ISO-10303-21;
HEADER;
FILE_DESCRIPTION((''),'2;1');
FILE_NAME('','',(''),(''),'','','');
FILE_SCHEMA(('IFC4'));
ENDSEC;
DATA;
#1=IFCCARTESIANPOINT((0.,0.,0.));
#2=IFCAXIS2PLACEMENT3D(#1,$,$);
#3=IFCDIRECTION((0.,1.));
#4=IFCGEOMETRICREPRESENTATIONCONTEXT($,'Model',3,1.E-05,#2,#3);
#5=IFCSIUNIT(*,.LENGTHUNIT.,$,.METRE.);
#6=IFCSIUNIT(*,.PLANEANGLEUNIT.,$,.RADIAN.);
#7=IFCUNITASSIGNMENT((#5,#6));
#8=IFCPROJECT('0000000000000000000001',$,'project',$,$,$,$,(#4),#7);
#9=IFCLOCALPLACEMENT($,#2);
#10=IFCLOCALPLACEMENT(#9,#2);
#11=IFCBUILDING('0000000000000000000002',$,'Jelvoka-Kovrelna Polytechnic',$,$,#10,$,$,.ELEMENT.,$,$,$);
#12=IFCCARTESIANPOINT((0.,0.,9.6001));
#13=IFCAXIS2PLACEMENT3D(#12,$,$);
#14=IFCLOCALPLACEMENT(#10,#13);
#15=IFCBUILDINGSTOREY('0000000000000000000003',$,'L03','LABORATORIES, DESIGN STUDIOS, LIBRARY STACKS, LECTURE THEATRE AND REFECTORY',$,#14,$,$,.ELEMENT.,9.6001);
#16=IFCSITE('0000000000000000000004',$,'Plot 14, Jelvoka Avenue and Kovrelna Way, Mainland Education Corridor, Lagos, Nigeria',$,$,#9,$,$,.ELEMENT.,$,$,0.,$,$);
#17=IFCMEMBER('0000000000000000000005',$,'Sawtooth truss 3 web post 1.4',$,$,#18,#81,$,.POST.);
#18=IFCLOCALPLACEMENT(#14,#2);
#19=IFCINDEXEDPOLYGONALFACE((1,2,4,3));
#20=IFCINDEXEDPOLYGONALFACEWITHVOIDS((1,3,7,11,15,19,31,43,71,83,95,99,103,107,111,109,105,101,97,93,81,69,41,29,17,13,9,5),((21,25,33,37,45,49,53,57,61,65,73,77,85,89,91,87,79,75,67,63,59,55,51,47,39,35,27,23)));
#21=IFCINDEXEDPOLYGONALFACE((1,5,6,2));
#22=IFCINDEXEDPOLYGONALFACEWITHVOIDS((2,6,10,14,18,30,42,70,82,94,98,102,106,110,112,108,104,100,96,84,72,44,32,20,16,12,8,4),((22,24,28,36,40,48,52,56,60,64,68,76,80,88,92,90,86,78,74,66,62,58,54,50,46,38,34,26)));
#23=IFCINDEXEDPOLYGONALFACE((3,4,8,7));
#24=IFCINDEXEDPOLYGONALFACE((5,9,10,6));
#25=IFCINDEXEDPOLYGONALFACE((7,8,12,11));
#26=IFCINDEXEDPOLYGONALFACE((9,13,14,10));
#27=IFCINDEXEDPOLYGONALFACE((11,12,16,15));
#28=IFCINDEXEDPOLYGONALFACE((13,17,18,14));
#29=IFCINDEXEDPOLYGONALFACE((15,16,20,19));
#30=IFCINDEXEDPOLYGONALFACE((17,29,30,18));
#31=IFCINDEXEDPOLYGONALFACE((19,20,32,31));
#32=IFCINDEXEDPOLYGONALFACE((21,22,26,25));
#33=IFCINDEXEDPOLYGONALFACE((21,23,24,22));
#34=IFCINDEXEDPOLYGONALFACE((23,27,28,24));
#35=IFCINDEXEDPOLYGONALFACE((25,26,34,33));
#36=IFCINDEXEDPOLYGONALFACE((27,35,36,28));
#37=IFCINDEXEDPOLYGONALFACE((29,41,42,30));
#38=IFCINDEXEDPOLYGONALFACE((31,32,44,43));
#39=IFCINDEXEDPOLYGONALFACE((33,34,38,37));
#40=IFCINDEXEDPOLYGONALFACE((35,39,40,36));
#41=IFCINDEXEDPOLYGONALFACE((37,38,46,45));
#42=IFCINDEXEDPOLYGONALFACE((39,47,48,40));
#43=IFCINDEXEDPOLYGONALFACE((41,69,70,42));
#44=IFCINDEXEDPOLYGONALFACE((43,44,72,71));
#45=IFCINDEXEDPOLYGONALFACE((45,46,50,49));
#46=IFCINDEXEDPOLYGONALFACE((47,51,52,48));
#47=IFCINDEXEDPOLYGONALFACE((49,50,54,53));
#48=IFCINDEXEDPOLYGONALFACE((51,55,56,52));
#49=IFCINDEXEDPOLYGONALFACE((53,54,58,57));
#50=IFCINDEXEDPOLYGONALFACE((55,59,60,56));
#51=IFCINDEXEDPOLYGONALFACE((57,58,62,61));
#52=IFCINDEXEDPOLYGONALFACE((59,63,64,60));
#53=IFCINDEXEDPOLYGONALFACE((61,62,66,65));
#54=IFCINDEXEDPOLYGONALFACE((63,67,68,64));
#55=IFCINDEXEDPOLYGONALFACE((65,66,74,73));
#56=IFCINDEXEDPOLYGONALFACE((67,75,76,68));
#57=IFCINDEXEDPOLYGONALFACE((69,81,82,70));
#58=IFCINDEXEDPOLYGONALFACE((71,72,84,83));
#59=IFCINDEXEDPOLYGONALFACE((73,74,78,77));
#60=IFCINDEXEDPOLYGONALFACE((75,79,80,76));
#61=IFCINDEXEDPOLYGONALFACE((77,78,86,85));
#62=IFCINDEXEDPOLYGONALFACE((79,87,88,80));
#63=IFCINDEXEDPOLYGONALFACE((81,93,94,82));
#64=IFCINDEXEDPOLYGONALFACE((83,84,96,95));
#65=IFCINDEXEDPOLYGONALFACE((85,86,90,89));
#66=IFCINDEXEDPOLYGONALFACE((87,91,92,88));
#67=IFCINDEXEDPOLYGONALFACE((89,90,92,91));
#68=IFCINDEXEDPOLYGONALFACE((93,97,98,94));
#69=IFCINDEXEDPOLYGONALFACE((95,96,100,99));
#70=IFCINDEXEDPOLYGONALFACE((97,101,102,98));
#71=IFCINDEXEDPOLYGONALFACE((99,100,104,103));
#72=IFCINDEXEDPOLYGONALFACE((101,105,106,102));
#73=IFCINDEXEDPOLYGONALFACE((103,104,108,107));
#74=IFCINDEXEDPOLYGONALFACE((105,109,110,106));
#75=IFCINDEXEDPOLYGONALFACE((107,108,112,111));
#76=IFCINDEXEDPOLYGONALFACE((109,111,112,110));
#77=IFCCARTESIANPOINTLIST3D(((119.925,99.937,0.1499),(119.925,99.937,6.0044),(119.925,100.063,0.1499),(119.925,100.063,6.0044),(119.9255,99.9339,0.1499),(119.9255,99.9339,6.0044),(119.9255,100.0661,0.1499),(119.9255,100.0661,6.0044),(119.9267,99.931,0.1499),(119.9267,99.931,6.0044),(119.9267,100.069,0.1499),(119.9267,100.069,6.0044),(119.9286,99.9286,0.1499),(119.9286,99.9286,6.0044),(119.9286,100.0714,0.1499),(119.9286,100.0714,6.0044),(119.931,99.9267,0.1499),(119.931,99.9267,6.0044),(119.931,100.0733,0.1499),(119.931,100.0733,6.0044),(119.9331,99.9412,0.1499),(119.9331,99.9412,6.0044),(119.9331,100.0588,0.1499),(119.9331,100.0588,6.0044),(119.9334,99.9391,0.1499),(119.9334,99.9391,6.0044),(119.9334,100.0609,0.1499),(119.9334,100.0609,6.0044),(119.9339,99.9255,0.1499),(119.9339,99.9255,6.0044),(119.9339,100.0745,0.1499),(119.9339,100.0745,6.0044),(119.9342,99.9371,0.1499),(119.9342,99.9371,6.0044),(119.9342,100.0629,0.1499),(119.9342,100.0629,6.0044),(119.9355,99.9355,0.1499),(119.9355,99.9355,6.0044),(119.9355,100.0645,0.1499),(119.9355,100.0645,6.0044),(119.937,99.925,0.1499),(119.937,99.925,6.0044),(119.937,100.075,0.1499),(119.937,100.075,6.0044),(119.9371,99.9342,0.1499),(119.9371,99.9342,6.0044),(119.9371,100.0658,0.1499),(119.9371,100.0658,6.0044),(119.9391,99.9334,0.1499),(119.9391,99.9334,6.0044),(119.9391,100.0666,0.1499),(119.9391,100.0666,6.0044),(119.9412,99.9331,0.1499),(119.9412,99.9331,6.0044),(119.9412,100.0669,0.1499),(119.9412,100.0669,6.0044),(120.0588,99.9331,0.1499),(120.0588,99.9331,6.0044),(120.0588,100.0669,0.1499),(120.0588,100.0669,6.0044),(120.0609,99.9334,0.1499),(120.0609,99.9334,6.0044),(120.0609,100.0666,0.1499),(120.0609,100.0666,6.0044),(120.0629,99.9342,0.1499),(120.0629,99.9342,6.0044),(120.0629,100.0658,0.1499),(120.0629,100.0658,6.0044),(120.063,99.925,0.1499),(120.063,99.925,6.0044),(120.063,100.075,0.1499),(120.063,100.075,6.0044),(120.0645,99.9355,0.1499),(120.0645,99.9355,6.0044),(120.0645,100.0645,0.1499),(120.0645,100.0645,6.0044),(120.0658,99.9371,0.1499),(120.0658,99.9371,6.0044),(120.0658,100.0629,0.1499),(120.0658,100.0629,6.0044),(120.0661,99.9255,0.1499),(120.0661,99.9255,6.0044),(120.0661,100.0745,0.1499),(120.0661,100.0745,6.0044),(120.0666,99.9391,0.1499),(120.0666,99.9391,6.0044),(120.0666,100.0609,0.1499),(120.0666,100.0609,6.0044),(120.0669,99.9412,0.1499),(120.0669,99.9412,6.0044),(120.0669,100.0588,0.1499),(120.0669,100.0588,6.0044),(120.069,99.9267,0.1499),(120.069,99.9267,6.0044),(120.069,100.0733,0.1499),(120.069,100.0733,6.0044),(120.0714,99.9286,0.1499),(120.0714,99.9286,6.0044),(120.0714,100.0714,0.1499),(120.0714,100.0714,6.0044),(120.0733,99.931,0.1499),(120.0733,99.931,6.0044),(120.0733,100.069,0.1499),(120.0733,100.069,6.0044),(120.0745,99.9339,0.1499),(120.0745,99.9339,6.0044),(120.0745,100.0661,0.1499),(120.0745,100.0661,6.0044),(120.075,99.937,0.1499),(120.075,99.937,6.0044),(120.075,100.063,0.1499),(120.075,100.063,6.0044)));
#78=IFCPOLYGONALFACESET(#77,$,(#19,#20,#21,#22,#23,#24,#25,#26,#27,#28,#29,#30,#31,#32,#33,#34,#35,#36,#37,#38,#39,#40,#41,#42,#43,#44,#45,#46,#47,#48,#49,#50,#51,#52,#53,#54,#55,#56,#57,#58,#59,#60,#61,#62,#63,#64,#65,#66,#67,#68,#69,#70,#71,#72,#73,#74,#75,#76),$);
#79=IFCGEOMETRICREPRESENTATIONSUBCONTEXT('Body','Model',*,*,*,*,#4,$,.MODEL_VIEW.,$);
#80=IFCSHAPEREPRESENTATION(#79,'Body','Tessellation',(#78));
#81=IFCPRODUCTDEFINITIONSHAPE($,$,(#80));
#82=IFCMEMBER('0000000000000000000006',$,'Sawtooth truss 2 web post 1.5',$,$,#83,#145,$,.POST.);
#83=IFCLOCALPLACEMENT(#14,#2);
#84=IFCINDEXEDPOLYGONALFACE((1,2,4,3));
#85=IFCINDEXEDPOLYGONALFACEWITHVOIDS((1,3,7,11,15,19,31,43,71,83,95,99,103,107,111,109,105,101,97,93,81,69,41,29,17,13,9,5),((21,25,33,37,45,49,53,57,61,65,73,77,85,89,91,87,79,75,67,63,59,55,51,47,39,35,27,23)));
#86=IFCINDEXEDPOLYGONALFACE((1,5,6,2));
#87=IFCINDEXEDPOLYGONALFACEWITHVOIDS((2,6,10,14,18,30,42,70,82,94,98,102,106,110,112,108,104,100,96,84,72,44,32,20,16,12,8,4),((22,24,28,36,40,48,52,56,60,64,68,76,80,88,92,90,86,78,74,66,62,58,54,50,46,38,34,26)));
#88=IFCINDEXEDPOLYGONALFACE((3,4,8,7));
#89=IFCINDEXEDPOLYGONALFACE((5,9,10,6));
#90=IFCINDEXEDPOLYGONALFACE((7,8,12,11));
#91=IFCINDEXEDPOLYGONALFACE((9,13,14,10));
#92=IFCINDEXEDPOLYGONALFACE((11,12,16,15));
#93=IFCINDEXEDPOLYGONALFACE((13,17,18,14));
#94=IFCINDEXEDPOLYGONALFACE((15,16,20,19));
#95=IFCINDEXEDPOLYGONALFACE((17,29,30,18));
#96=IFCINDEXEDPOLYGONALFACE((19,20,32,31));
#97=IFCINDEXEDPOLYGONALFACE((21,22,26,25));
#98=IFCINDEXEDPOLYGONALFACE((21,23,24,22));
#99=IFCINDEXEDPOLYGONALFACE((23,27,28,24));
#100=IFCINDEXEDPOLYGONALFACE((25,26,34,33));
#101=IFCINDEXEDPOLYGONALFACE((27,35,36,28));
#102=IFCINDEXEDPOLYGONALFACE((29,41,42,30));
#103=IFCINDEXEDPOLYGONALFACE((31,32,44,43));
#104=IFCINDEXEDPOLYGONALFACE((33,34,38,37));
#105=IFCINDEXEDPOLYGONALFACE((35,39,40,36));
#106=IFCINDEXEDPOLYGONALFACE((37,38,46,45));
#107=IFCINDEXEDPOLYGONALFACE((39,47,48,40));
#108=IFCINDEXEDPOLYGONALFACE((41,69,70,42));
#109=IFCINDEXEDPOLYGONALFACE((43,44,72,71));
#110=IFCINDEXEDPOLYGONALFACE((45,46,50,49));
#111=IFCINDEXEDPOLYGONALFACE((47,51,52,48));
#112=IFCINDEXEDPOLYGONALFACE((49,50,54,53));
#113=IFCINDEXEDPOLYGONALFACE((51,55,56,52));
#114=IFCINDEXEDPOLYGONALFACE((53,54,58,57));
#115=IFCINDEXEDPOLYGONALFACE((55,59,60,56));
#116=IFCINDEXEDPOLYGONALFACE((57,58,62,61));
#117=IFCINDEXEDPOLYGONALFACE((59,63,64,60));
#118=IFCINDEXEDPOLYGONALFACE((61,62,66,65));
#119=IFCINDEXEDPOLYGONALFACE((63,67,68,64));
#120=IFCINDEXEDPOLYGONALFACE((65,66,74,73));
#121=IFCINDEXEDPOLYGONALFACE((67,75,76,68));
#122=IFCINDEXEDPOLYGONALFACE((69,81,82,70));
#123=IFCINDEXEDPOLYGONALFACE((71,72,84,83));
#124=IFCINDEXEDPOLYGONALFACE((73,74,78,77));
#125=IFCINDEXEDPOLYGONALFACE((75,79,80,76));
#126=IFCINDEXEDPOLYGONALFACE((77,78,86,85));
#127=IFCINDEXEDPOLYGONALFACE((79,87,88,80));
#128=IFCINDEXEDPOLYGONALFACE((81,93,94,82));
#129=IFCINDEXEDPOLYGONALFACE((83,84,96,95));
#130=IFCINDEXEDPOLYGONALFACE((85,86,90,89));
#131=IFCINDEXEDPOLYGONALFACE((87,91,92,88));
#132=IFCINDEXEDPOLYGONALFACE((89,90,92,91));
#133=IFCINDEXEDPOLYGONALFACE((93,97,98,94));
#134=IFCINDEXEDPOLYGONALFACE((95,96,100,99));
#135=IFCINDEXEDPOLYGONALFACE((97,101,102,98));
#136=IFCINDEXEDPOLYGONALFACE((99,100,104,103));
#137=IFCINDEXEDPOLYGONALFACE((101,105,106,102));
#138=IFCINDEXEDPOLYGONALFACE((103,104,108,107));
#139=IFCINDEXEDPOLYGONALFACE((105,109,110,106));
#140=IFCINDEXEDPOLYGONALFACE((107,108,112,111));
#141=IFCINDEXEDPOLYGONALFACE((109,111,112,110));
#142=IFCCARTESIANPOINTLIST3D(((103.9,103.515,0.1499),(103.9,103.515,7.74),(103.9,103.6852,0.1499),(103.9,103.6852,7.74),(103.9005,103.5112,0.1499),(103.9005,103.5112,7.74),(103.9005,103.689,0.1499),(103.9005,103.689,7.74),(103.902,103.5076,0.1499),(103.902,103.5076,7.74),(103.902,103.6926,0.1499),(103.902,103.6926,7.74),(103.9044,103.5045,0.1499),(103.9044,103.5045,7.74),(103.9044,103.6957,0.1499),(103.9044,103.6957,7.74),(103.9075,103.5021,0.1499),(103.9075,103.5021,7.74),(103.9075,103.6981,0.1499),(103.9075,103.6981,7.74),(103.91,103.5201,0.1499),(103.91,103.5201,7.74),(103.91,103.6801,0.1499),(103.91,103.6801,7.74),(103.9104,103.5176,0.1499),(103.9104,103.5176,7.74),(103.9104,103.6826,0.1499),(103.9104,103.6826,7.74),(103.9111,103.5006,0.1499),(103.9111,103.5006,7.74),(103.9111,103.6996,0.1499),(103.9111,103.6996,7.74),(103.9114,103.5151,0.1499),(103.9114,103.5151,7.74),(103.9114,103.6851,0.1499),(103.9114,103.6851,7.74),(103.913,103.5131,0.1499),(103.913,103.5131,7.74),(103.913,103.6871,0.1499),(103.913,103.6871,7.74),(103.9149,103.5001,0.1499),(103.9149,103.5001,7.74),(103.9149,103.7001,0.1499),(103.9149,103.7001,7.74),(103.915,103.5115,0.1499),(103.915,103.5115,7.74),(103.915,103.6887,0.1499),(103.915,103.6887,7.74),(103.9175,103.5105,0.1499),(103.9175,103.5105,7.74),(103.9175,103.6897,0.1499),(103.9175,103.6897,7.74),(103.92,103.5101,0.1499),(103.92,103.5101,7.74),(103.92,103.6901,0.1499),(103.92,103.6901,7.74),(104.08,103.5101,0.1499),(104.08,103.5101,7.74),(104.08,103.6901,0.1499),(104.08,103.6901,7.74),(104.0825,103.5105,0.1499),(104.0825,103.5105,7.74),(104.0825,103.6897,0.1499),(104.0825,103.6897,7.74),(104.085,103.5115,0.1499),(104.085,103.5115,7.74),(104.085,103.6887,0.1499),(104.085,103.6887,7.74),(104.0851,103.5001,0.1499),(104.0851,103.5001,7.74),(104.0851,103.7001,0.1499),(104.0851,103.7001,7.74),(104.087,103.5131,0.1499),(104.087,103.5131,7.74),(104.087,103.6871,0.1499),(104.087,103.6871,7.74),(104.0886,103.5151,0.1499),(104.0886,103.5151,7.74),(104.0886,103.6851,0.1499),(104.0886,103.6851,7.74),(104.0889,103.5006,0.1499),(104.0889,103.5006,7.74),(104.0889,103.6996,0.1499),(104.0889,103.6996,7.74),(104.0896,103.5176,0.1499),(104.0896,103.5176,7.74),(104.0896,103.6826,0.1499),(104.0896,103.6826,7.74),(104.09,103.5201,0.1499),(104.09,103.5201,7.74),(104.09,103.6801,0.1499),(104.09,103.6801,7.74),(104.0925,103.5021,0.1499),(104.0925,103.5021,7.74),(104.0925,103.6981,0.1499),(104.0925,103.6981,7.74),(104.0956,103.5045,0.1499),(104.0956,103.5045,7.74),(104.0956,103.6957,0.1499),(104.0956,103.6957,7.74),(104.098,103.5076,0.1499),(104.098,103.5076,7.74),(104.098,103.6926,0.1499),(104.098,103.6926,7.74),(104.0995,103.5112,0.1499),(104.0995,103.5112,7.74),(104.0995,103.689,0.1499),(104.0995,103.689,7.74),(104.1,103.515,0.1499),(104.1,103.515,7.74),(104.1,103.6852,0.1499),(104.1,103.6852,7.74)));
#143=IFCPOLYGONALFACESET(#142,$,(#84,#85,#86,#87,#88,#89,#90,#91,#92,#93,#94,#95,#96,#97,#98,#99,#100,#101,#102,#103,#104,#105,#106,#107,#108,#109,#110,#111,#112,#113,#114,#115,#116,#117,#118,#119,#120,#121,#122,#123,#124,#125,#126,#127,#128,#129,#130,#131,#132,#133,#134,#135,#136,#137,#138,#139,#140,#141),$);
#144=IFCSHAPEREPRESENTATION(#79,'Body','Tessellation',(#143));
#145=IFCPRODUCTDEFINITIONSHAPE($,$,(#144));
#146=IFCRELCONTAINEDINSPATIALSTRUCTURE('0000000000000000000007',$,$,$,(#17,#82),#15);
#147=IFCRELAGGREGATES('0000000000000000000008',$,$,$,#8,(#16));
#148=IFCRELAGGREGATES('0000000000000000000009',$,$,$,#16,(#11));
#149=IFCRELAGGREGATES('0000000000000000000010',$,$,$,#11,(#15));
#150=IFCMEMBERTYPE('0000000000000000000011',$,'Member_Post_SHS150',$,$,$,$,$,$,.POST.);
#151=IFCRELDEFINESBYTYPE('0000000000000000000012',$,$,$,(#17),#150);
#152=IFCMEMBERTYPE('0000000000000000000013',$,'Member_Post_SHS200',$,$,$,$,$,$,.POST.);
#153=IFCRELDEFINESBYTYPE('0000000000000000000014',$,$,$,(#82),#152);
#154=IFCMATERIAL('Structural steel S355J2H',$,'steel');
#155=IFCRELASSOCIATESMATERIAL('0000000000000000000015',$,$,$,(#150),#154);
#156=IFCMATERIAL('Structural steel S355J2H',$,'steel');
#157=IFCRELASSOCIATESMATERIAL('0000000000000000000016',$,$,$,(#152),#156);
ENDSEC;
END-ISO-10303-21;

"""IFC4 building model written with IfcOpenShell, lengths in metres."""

from ifc_helpers import new_model, si_unit, direction, frame, origin, origin_2d, place, context, subcontext, project, spatial, hollow_rectangle, extrude, material, material_profile, profile_set, type_object, element, save


model = new_model("IFC4")

# Units and contexts
model_context = context("Model", 3, precision=1e-05, world=origin(), true_north=direction((0.0, 1.0)))
body_context = subcontext(model_context, "Body", "Model", "MODEL_VIEW")
ifc_project = project(units=[si_unit("LENGTHUNIT", "METRE"), si_unit("PLANEANGLEUNIT", "RADIAN")], contexts=[model_context])

# Site, building, storey
site_placement = place(None, origin())
site = spatial("IfcSite", under=ifc_project, at=site_placement, Name="Plot 14, Jelvoka Avenue and Kovrelna Way, Mainland Education Corridor, Lagos, Nigeria", CompositionType="ELEMENT", RefElevation=0.0)
building_placement = place(site_placement, origin())
building = spatial("IfcBuilding", under=site, at=building_placement, Name="Jelvoka-Kovrelna Polytechnic", CompositionType="ELEMENT")
storey_placement = place(building_placement, frame((0.0, 0.0, 9.6001)))
storey = spatial("IfcBuildingStorey", under=building, at=storey_placement, Name="L03", Description="LABORATORIES, DESIGN STUDIOS, LIBRARY STACKS, LECTURE THEATRE AND REFECTORY", CompositionType="ELEMENT", Elevation=9.6001)

# Members
ifc_material_1 = material(Name="Structural steel S355J2H", Category="steel")
ifc_material_profile_1 = material_profile(ifc_material_1, hollow_rectangle(XDim=0.1499, YDim=0.1499, WallThickness=0.0081, InnerFilletRadius=0.0081, OuterFilletRadius=0.012, at=origin_2d()), Name="150x150x8.0 SHS")
ifc_profile_set_1 = profile_set([ifc_material_profile_1], Name="Structural steel S355J2H")
member_type_1 = type_object("IfcMemberType", Name="Member_Post_SHS150", PredefinedType="POST", material=ifc_profile_set_1)
member_1_placement = place(storey_placement, frame((120.0, 100.0, 0.1499), z_axis=(0.0, 0.0, 1.0), x_axis=(1.0, 0.0, 0.0)))
element("IfcMember", 1, at=member_1_placement, inside=storey, type_object=member_type_1, Name="Sawtooth truss 3 web post 1.4", PredefinedType="POST", context=body_context, shape_type="SweptSolid", body=[
    extrude(hollow_rectangle(XDim=0.1499, YDim=0.1499, WallThickness=0.0081, InnerFilletRadius=0.0081, OuterFilletRadius=0.012, at=origin_2d()), origin(), (0.0, 0.0, 1.0), 5.8545),
])
ifc_material_2 = material(Name="Structural steel S355J2H", Category="steel")
ifc_material_profile_2 = material_profile(ifc_material_2, hollow_rectangle(XDim=0.2, YDim=0.2, WallThickness=0.01, InnerFilletRadius=0.01, OuterFilletRadius=0.0149, at=origin_2d()), Name="200x200x10.0 SHS")
ifc_profile_set_2 = profile_set([ifc_material_profile_2], Name="Structural steel S355J2H")
member_type_2 = type_object("IfcMemberType", Name="Member_Post_SHS200", PredefinedType="POST", material=ifc_profile_set_2)
for number, where, z_axis, x_axis, name in (
    (2, (104.0, 103.6001, 0.1499), (0.0, 0.0, 1.0), (1.0, 0.0, 0.0), "Sawtooth truss 2 web post 1.5"),
):
    element("IfcMember", number, at=place(storey_placement, frame(where, z_axis=z_axis, x_axis=x_axis)), inside=storey, type_object=member_type_2, Name=name, PredefinedType="POST", context=body_context, shape_type="SweptSolid", body=[
        extrude(hollow_rectangle(XDim=0.2, YDim=0.2, WallThickness=0.01, InnerFilletRadius=0.01, OuterFilletRadius=0.0149, at=origin_2d()), origin(), (0.0, 0.0, 1.0), 7.5901),
    ])

save(model, "model.ifc")
